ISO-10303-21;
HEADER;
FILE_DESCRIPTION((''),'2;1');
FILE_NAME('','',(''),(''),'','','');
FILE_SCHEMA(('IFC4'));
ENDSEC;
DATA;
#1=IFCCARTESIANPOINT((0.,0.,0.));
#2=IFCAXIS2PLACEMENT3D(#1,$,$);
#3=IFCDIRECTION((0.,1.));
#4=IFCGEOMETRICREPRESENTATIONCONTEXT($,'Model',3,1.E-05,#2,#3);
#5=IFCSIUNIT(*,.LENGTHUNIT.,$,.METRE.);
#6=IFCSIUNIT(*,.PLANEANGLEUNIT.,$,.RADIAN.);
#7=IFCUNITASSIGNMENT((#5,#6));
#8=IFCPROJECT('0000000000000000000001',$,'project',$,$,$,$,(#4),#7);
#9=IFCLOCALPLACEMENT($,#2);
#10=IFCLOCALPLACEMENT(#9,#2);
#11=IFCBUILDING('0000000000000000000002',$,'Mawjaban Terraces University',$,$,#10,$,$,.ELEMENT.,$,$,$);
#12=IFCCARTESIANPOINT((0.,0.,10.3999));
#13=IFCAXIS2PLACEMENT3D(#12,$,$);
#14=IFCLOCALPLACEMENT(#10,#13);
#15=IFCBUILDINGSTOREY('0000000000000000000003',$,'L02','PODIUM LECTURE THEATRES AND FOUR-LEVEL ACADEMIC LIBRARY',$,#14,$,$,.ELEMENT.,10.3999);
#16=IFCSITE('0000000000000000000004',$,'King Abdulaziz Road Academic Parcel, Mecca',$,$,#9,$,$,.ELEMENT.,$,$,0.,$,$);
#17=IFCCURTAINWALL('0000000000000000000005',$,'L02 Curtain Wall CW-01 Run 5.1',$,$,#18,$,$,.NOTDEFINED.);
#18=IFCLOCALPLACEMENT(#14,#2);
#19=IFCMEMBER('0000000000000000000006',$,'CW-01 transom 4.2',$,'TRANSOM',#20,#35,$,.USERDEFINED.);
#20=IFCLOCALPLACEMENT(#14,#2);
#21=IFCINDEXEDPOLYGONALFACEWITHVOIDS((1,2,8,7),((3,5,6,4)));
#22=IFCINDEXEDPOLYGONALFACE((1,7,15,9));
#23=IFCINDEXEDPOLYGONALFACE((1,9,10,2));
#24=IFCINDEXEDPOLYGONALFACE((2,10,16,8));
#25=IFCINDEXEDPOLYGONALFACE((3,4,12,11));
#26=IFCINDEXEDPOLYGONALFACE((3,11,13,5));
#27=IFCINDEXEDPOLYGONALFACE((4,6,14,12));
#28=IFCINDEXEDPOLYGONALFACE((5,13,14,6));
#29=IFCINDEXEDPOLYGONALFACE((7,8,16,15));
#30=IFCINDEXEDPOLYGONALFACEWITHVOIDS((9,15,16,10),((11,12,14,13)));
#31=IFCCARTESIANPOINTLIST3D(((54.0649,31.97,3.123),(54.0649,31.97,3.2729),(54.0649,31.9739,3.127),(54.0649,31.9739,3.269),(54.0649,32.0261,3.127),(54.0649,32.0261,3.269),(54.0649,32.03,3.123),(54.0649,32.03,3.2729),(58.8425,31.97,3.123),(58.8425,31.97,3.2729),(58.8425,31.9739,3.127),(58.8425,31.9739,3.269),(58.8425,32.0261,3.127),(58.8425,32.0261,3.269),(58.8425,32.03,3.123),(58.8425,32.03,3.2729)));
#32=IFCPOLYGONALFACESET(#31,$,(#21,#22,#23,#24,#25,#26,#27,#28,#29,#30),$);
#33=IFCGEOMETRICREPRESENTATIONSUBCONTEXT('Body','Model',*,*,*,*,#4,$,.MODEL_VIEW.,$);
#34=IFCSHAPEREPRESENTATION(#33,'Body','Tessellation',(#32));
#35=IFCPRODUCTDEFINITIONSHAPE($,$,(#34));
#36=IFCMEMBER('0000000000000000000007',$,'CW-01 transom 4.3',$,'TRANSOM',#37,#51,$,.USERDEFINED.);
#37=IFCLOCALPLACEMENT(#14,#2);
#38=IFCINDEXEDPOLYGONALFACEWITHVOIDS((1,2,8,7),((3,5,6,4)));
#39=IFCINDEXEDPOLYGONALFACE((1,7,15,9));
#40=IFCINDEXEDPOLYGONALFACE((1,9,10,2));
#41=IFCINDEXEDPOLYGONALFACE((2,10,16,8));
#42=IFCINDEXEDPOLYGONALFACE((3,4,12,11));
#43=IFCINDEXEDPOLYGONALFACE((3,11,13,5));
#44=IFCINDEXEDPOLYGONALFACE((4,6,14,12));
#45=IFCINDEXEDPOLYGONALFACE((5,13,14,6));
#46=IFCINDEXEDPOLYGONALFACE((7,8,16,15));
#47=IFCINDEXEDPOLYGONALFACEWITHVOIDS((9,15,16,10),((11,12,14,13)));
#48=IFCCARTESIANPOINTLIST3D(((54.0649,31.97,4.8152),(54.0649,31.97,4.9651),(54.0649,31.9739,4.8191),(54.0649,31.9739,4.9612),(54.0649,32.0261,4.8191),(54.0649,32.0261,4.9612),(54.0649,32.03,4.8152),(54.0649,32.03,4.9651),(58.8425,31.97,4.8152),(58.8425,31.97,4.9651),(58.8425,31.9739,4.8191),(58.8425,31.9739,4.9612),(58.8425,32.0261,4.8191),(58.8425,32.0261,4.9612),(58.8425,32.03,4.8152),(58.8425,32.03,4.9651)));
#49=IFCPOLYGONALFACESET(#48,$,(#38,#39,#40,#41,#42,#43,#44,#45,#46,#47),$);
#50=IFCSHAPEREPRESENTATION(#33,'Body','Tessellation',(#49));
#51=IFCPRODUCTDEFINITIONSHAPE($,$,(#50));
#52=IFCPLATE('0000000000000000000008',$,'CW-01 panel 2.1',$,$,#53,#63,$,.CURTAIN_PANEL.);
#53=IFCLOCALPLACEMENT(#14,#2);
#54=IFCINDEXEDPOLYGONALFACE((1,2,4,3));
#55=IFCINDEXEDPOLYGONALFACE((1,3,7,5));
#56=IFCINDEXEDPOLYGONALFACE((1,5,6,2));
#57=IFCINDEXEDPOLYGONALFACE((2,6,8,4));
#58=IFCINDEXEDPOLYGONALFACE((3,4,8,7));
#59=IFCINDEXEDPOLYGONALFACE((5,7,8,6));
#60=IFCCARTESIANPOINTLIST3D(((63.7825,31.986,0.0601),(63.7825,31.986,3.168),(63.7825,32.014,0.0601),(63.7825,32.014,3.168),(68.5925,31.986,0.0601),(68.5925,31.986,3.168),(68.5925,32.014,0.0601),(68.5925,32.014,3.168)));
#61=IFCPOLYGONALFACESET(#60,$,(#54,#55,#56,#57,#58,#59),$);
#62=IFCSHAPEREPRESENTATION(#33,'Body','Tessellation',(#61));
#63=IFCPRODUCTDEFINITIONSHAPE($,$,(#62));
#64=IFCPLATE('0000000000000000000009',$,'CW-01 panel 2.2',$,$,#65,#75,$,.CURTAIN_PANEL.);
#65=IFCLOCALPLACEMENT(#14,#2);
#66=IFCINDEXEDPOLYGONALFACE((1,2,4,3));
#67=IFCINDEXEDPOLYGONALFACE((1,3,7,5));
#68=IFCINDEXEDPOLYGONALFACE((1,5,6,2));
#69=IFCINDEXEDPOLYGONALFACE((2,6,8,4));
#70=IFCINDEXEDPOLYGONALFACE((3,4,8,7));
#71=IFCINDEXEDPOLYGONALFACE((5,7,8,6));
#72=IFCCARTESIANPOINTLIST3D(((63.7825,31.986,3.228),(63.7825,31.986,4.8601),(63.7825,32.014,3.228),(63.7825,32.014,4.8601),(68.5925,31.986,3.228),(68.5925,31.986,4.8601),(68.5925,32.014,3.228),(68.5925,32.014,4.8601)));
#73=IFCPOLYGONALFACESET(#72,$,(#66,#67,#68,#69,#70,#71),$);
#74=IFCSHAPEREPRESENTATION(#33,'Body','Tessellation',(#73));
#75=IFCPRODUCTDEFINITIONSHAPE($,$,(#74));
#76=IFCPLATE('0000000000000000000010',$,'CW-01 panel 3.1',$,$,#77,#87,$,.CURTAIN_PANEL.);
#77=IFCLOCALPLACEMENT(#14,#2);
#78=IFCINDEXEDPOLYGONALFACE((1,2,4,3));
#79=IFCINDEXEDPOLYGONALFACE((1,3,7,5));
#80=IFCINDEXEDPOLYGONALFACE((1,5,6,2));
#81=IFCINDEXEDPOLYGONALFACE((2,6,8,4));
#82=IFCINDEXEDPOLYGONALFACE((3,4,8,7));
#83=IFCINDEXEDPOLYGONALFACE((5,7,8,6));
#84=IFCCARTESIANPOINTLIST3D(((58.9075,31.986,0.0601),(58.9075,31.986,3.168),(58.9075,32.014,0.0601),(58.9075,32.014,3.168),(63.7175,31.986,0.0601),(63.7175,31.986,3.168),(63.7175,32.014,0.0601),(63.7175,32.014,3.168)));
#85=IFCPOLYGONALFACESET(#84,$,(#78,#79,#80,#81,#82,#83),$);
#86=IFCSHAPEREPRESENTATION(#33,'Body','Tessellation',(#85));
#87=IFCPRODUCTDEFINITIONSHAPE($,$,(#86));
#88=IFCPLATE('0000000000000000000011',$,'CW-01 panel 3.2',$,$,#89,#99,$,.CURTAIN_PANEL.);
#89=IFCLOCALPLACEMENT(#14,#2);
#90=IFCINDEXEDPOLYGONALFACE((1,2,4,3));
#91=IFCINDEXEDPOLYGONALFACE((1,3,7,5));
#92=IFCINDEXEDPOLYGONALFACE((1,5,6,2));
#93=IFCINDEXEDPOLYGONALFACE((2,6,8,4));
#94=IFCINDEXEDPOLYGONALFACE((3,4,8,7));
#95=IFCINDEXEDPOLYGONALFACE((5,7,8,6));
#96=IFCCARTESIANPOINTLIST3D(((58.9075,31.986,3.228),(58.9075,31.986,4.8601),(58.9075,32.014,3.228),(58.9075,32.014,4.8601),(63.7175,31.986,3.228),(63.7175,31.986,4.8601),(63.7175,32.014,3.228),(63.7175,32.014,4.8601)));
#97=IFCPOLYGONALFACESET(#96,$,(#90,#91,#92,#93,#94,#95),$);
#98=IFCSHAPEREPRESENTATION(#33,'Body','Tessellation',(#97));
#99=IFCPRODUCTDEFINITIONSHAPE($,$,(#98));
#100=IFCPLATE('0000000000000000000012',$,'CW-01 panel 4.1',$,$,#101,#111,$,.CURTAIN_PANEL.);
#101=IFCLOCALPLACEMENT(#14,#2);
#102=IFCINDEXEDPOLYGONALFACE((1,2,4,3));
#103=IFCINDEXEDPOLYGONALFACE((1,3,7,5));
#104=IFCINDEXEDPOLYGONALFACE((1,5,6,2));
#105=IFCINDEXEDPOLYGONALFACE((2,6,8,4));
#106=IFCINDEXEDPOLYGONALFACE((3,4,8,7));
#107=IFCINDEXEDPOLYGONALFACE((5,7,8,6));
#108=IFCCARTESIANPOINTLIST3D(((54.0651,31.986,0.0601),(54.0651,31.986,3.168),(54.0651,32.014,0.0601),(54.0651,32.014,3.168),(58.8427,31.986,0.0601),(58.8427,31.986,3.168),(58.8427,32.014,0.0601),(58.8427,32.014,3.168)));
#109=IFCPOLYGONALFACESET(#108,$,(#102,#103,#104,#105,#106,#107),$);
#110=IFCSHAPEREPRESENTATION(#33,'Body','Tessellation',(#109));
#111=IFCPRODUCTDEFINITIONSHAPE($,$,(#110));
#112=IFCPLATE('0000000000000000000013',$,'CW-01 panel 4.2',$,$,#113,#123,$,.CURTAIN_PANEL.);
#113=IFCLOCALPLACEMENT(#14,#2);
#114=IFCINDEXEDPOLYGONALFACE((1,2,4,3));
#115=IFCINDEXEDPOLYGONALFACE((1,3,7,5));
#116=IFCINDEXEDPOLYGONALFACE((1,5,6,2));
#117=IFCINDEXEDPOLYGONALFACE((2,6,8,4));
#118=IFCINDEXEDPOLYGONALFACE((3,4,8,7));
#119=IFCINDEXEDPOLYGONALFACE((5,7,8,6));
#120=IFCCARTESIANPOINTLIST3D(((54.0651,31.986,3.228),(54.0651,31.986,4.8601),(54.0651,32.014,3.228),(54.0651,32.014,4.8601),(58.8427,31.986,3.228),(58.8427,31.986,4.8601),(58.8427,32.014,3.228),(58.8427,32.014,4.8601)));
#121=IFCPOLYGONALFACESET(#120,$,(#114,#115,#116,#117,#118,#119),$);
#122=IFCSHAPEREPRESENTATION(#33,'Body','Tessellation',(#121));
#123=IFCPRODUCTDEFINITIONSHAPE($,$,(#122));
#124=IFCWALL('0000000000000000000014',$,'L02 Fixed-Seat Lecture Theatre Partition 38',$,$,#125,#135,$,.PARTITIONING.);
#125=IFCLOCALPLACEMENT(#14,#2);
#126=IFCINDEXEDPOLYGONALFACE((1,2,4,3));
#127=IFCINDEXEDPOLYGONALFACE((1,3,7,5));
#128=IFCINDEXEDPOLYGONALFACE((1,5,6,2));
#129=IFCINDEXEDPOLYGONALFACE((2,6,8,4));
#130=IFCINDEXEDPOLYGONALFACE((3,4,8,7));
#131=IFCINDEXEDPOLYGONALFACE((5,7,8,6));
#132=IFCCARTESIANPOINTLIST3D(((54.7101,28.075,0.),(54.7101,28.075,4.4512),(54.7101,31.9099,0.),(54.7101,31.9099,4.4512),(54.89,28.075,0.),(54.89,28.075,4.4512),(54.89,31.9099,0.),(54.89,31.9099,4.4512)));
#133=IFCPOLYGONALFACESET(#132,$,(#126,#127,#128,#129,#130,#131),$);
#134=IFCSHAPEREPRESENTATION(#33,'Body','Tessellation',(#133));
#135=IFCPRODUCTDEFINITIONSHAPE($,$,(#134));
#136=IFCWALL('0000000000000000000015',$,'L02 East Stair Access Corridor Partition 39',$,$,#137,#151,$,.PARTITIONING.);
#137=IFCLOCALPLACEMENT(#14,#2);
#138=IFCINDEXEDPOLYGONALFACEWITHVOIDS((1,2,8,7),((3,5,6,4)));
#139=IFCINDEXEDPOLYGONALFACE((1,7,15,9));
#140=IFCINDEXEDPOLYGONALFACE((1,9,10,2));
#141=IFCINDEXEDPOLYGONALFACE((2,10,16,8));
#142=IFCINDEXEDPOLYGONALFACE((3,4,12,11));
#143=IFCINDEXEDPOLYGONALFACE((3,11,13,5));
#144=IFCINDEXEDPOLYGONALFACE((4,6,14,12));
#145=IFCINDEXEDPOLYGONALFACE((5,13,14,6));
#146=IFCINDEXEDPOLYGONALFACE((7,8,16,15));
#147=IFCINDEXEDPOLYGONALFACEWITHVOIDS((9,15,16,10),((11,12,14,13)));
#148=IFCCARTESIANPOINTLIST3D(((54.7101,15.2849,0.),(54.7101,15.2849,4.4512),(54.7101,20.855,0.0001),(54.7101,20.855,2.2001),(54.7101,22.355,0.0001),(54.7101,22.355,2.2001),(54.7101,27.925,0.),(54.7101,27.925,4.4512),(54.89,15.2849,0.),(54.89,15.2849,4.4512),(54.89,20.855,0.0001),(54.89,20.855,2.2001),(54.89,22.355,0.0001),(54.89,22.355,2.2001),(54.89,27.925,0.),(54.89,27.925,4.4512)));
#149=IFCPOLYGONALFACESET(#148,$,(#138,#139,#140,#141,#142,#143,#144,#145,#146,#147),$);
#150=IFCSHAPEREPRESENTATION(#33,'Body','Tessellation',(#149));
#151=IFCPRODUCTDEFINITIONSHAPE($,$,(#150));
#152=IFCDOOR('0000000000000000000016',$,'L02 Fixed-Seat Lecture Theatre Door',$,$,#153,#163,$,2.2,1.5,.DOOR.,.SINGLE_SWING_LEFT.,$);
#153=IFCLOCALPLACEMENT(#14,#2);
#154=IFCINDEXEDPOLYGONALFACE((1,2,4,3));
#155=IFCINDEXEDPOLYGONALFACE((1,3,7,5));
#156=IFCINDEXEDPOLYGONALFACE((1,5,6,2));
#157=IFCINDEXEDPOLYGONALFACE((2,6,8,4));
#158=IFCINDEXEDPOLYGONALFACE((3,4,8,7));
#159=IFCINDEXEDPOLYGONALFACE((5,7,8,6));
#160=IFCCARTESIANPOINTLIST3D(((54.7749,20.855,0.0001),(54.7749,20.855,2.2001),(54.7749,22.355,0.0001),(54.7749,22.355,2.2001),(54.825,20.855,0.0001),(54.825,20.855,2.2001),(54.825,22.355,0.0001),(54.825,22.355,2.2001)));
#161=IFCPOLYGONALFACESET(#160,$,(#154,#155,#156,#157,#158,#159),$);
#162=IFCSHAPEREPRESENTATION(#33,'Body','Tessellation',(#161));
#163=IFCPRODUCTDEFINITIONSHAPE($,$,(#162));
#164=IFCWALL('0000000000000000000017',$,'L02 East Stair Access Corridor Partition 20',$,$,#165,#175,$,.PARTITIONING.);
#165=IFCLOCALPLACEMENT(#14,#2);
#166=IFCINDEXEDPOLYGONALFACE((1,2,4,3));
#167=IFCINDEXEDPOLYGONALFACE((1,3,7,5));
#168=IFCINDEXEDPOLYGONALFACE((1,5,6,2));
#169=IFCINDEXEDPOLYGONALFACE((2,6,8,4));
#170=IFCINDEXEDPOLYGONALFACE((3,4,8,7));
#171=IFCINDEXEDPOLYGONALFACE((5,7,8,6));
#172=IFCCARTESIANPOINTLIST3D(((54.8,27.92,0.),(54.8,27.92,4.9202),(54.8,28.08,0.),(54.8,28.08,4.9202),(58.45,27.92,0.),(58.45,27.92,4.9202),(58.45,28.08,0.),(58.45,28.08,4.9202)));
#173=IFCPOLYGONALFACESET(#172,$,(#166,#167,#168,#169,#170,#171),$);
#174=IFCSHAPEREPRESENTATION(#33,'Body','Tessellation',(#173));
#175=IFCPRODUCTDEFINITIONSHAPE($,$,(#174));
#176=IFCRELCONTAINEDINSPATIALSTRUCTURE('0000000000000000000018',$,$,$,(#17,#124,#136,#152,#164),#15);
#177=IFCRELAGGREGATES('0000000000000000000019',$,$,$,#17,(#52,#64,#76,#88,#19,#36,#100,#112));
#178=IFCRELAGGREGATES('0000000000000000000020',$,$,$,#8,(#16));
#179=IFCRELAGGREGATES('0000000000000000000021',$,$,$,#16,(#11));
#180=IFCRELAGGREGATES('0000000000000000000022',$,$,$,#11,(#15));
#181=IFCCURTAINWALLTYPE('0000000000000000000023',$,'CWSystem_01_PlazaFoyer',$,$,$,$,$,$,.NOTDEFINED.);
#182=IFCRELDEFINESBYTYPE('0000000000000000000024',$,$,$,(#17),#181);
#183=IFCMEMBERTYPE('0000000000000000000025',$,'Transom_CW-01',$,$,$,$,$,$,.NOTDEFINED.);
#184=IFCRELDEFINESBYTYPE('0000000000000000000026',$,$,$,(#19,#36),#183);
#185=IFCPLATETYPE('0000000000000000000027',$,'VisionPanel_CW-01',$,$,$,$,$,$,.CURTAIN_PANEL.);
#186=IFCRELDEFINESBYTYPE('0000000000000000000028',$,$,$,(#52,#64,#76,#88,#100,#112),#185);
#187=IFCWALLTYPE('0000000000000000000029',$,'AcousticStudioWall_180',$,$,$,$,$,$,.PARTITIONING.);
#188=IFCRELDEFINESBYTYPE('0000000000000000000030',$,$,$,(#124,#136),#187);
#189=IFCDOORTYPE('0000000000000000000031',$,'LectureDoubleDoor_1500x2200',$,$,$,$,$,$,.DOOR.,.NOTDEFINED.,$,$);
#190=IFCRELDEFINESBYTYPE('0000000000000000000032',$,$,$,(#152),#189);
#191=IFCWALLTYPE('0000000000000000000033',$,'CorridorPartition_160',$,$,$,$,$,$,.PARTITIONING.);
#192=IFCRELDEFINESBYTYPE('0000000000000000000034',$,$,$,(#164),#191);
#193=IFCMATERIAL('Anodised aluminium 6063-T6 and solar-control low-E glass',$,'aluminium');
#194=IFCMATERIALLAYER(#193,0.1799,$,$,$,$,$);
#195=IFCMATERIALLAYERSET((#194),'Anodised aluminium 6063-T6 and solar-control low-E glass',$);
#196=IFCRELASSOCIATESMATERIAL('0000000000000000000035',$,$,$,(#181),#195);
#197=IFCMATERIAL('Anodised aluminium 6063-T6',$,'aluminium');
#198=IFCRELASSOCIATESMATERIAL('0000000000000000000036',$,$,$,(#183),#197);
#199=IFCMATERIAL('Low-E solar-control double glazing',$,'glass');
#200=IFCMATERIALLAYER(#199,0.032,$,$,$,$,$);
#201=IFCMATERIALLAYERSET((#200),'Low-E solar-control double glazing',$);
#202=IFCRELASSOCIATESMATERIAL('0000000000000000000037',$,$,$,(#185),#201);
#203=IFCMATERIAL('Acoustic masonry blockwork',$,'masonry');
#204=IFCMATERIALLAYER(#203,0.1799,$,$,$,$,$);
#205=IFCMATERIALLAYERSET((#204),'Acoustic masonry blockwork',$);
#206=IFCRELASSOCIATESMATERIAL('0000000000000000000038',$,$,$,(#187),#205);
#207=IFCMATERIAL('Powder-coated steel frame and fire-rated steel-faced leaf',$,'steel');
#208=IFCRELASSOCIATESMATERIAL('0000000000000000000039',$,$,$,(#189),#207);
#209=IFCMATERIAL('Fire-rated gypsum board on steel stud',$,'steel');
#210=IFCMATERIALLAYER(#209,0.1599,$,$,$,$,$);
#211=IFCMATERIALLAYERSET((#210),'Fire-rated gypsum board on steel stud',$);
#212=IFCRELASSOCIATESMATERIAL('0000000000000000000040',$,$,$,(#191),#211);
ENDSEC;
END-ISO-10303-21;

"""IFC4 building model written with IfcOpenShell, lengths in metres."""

from ifc_helpers import new_model, si_unit, direction, frame, frame_2d, origin, origin_2d, place, context, subcontext, project, spatial, rectangle, hollow_rectangle, extrude, material, layer, layer_set, material_profile, profile_set, type_object, element, fill, aggregate, save


model = new_model("IFC4")

# Units and contexts
model_context = context("Model", 3, precision=1e-05, world=origin(), true_north=direction((0.0, 1.0)))
body_context = subcontext(model_context, "Body", "Model", "MODEL_VIEW")
ifc_project = project(units=[si_unit("LENGTHUNIT", "METRE"), si_unit("PLANEANGLEUNIT", "RADIAN")], contexts=[model_context])

# Site, building, storey
site_placement = place(None, origin())
site = spatial("IfcSite", under=ifc_project, at=site_placement, Name="King Abdulaziz Road Academic Parcel, Mecca", CompositionType="ELEMENT", RefElevation=0.0)
building_placement = place(site_placement, origin())
building = spatial("IfcBuilding", under=site, at=building_placement, Name="Mawjaban Terraces University", CompositionType="ELEMENT")
storey_placement = place(building_placement, frame((0.0, 0.0, 10.3999)))
storey = spatial("IfcBuildingStorey", under=building, at=storey_placement, Name="L02", Description="PODIUM LECTURE THEATRES AND FOUR-LEVEL ACADEMIC LIBRARY", CompositionType="ELEMENT", Elevation=10.3999)

# Shared definitions
ifc_material_1 = material(Name="Anodised aluminium 6063-T6 and solar-control low-E glass", Category="aluminium")
ifc_layer_1 = layer(ifc_material_1, 0.1799)
ifc_layer_set_1 = layer_set([ifc_layer_1], Name="Anodised aluminium 6063-T6 and solar-control low-E glass")
curtain_wall_type = type_object("IfcCurtainWallType", Name="CWSystem_01_PlazaFoyer", PredefinedType="NOTDEFINED", material=ifc_layer_set_1)
ifc_material_2 = material(Name="Anodised aluminium 6063-T6", Category="aluminium")

# Curtain wall, members, plates
curtain_wall_1_placement = place(storey_placement, origin())
curtain_wall_1 = element("IfcCurtainWall", 1, at=curtain_wall_1_placement, inside=storey, type_object=curtain_wall_type, Name="L02 Curtain Wall CW-01 Run 5.1", PredefinedType="NOTDEFINED")
ifc_material_profile_1 = material_profile(ifc_material_2, hollow_rectangle(XDim=0.0601, YDim=0.1499, WallThickness=0.0039, at=origin_2d()), Name="ALU150X60X4")
ifc_profile_set_1 = profile_set([ifc_material_profile_1], Name="Anodised aluminium 6063-T6")
member_type_1 = type_object("IfcMemberType", Name="Transom_CW-01", PredefinedType="NOTDEFINED", material=ifc_profile_set_1)
member_1_placement = place(storey_placement, frame((58.8425, 32.0, 3.198), z_axis=(-1.0, 0.0, 0.0), x_axis=(0.0, -1.0, 0.0)))
member_1 = element("IfcMember", 2, at=member_1_placement, type_object=member_type_1, Name="CW-01 transom 4.2", ObjectType="TRANSOM", PredefinedType="USERDEFINED", context=body_context, shape_type="SweptSolid", body=[
    extrude(hollow_rectangle(XDim=0.0601, YDim=0.1499, WallThickness=0.0039, at=origin_2d()), origin(), (0.0, 0.0, 1.0), 4.7776),
])
member_2_placement = place(storey_placement, frame((58.8425, 32.0, 4.8901), z_axis=(-1.0, 0.0, 0.0), x_axis=(0.0, -1.0, 0.0)))
member_2 = element("IfcMember", 3, at=member_2_placement, type_object=member_type_1, Name="CW-01 transom 4.3", ObjectType="TRANSOM", PredefinedType="USERDEFINED", context=body_context, shape_type="SweptSolid", body=[
    extrude(hollow_rectangle(XDim=0.0601, YDim=0.1499, WallThickness=0.0039, at=origin_2d()), origin(), (0.0, 0.0, 1.0), 4.7776),
])
ifc_material_3 = material(Name="Low-E solar-control double glazing", Category="glass")
ifc_layer_2 = layer(ifc_material_3, 0.032)
ifc_layer_set_2 = layer_set([ifc_layer_2], Name="Low-E solar-control double glazing")
plate_type = type_object("IfcPlateType", Name="VisionPanel_CW-01", PredefinedType="CURTAIN_PANEL", material=ifc_layer_set_2)
plate_1_placement = place(storey_placement, frame((66.1875, 32.0, 0.0601), z_axis=(0.0, 0.0, 1.0), x_axis=(-1.0, 0.0, 0.0)))
plate_1 = element("IfcPlate", 4, at=plate_1_placement, type_object=plate_type, Name="CW-01 panel 2.1", PredefinedType="CURTAIN_PANEL", context=body_context, shape_type="SweptSolid", body=[
    extrude(rectangle(XDim=4.8101, YDim=0.0281, at=origin_2d()), origin(), (0.0, 0.0, 1.0), 3.1079),
])
plate_2_placement = place(storey_placement, frame((66.1875, 32.0, 3.228), z_axis=(0.0, 0.0, 1.0), x_axis=(-1.0, 0.0, 0.0)))
plate_2 = element("IfcPlate", 5, at=plate_2_placement, type_object=plate_type, Name="CW-01 panel 2.2", PredefinedType="CURTAIN_PANEL", context=body_context, shape_type="SweptSolid", body=[
    extrude(rectangle(XDim=4.8101, YDim=0.0281, at=origin_2d()), origin(), (0.0, 0.0, 1.0), 1.6321),
])
plate_3_placement = place(storey_placement, frame((61.3125, 32.0, 0.0601), z_axis=(0.0, 0.0, 1.0), x_axis=(-1.0, 0.0, 0.0)))
plate_3 = element("IfcPlate", 6, at=plate_3_placement, type_object=plate_type, Name="CW-01 panel 3.1", PredefinedType="CURTAIN_PANEL", context=body_context, shape_type="SweptSolid", body=[
    extrude(rectangle(XDim=4.8101, YDim=0.0281, at=origin_2d()), origin(), (0.0, 0.0, 1.0), 3.1079),
])
plate_4_placement = place(storey_placement, frame((61.3125, 32.0, 3.228), z_axis=(0.0, 0.0, 1.0), x_axis=(-1.0, 0.0, 0.0)))
plate_4 = element("IfcPlate", 7, at=plate_4_placement, type_object=plate_type, Name="CW-01 panel 3.2", PredefinedType="CURTAIN_PANEL", context=body_context, shape_type="SweptSolid", body=[
    extrude(rectangle(XDim=4.8101, YDim=0.0281, at=origin_2d()), origin(), (0.0, 0.0, 1.0), 1.6321),
])
plate_5_placement = place(storey_placement, frame((56.4539, 32.0, 0.0601), z_axis=(0.0, 0.0, 1.0), x_axis=(-1.0, 0.0, 0.0)))
plate_5 = element("IfcPlate", 8, at=plate_5_placement, type_object=plate_type, Name="CW-01 panel 4.1", PredefinedType="CURTAIN_PANEL", context=body_context, shape_type="SweptSolid", body=[
    extrude(rectangle(XDim=4.7776, YDim=0.0281, at=origin_2d()), origin(), (0.0, 0.0, 1.0), 3.1079),
])
plate_6_placement = place(storey_placement, frame((56.4539, 32.0, 3.228), z_axis=(0.0, 0.0, 1.0), x_axis=(-1.0, 0.0, 0.0)))
plate_6 = element("IfcPlate", 9, at=plate_6_placement, type_object=plate_type, Name="CW-01 panel 4.2", PredefinedType="CURTAIN_PANEL", context=body_context, shape_type="SweptSolid", body=[
    extrude(rectangle(XDim=4.7776, YDim=0.0281, at=origin_2d()), origin(), (0.0, 0.0, 1.0), 1.6321),
])
aggregate(curtain_wall_1, [plate_1, plate_2, plate_3, plate_4, member_1, member_2, plate_5, plate_6])

# Wall
ifc_material_4 = material(Name="Acoustic masonry blockwork", Category="masonry")
ifc_layer_3 = layer(ifc_material_4, 0.1799)
ifc_layer_set_3 = layer_set([ifc_layer_3], Name="Acoustic masonry blockwork")
wall_type_1 = type_object("IfcWallType", Name="AcousticStudioWall_180", PredefinedType="PARTITIONING", material=ifc_layer_set_3)
wall_1_placement = place(storey_placement, frame((54.8, 28.075, 0.0), z_axis=(0.0, 0.0, 1.0), x_axis=(0.0, 1.0, 0.0)))
element("IfcWall", 10, at=wall_1_placement, inside=storey, type_object=wall_type_1, Name="L02 Fixed-Seat Lecture Theatre Partition 38", PredefinedType="PARTITIONING", context=body_context, shape_type="SweptSolid", body=[
    extrude(rectangle(XDim=3.835, YDim=0.1799, at=frame_2d((1.9175, 0.0))), origin(), (0.0, 0.0, 1.0), 4.4512),
])

# Wall, opening, door
wall_2_placement = place(storey_placement, frame((54.8, 27.925, 0.0), z_axis=(0.0, 0.0, 1.0), x_axis=(0.0, -1.0, 0.0)))
wall_2 = element("IfcWall", 11, at=wall_2_placement, inside=storey, type_object=wall_type_1, Name="L02 East Stair Access Corridor Partition 39", PredefinedType="PARTITIONING", context=body_context, shape_type="SweptSolid", body=[
    extrude(rectangle(XDim=12.6401, YDim=0.1799, at=frame_2d((6.3201, 0.0))), origin(), (0.0, 0.0, 1.0), 4.4512),
])
opening_1_placement = place(wall_2_placement, frame((5.5701, 0.0, 0.0)))
opening_1 = element("IfcOpeningElement", 12, at=opening_1_placement, cuts=wall_2, PredefinedType="OPENING", context=body_context, shape_type="SweptSolid", body=[
    extrude(rectangle(XDim=1.5, YDim=2.2, at=frame_2d((0.75, 1.1001))), frame((0.0, 0.0999, 0.0), z_axis=(0.0, -1.0, 0.0), x_axis=(1.0, 0.0, 0.0)), (0.0, 0.0, 1.0), 0.2),
])
ifc_material_5 = material(Name="Powder-coated steel frame and fire-rated steel-faced leaf", Category="steel")
door_type_1 = type_object("IfcDoorType", Name="LectureDoubleDoor_1500x2200", OperationType="NOTDEFINED", PredefinedType="DOOR", material=ifc_material_5)
door_1_placement = place(opening_1_placement, origin())
door_1 = element("IfcDoor", 13, at=door_1_placement, inside=storey, type_object=door_type_1, Name="L02 Fixed-Seat Lecture Theatre Door", OperationType="SINGLE_SWING_LEFT", OverallHeight=2.2, OverallWidth=1.5, PredefinedType="DOOR", context=body_context, shape_type="SweptSolid", body=[
    extrude(rectangle(XDim=1.5, YDim=2.2, at=frame_2d((0.75, 1.1001))), frame((0.0, 0.0249, 0.0), z_axis=(0.0, -1.0, 0.0), x_axis=(1.0, 0.0, 0.0)), (0.0, 0.0, 1.0), 0.05),
])
fill(opening_1, door_1)

# Wall
ifc_material_6 = material(Name="Fire-rated gypsum board on steel stud", Category="steel")
ifc_layer_4 = layer(ifc_material_6, 0.1599)
ifc_layer_set_4 = layer_set([ifc_layer_4], Name="Fire-rated gypsum board on steel stud")
wall_type_2 = type_object("IfcWallType", Name="CorridorPartition_160", PredefinedType="PARTITIONING", material=ifc_layer_set_4)
wall_3_placement = place(storey_placement, frame((58.45, 28.0, 0.0), z_axis=(0.0, 0.0, 1.0), x_axis=(-1.0, 0.0, 0.0)))
element("IfcWall", 14, at=wall_3_placement, inside=storey, type_object=wall_type_2, Name="L02 East Stair Access Corridor Partition 20", PredefinedType="PARTITIONING", context=body_context, shape_type="SweptSolid", body=[
    extrude(rectangle(XDim=3.6499, YDim=0.1599, at=frame_2d((1.825, 0.0))), origin(), (0.0, 0.0, 1.0), 4.9202),
])

save(model, "model.ifc")
